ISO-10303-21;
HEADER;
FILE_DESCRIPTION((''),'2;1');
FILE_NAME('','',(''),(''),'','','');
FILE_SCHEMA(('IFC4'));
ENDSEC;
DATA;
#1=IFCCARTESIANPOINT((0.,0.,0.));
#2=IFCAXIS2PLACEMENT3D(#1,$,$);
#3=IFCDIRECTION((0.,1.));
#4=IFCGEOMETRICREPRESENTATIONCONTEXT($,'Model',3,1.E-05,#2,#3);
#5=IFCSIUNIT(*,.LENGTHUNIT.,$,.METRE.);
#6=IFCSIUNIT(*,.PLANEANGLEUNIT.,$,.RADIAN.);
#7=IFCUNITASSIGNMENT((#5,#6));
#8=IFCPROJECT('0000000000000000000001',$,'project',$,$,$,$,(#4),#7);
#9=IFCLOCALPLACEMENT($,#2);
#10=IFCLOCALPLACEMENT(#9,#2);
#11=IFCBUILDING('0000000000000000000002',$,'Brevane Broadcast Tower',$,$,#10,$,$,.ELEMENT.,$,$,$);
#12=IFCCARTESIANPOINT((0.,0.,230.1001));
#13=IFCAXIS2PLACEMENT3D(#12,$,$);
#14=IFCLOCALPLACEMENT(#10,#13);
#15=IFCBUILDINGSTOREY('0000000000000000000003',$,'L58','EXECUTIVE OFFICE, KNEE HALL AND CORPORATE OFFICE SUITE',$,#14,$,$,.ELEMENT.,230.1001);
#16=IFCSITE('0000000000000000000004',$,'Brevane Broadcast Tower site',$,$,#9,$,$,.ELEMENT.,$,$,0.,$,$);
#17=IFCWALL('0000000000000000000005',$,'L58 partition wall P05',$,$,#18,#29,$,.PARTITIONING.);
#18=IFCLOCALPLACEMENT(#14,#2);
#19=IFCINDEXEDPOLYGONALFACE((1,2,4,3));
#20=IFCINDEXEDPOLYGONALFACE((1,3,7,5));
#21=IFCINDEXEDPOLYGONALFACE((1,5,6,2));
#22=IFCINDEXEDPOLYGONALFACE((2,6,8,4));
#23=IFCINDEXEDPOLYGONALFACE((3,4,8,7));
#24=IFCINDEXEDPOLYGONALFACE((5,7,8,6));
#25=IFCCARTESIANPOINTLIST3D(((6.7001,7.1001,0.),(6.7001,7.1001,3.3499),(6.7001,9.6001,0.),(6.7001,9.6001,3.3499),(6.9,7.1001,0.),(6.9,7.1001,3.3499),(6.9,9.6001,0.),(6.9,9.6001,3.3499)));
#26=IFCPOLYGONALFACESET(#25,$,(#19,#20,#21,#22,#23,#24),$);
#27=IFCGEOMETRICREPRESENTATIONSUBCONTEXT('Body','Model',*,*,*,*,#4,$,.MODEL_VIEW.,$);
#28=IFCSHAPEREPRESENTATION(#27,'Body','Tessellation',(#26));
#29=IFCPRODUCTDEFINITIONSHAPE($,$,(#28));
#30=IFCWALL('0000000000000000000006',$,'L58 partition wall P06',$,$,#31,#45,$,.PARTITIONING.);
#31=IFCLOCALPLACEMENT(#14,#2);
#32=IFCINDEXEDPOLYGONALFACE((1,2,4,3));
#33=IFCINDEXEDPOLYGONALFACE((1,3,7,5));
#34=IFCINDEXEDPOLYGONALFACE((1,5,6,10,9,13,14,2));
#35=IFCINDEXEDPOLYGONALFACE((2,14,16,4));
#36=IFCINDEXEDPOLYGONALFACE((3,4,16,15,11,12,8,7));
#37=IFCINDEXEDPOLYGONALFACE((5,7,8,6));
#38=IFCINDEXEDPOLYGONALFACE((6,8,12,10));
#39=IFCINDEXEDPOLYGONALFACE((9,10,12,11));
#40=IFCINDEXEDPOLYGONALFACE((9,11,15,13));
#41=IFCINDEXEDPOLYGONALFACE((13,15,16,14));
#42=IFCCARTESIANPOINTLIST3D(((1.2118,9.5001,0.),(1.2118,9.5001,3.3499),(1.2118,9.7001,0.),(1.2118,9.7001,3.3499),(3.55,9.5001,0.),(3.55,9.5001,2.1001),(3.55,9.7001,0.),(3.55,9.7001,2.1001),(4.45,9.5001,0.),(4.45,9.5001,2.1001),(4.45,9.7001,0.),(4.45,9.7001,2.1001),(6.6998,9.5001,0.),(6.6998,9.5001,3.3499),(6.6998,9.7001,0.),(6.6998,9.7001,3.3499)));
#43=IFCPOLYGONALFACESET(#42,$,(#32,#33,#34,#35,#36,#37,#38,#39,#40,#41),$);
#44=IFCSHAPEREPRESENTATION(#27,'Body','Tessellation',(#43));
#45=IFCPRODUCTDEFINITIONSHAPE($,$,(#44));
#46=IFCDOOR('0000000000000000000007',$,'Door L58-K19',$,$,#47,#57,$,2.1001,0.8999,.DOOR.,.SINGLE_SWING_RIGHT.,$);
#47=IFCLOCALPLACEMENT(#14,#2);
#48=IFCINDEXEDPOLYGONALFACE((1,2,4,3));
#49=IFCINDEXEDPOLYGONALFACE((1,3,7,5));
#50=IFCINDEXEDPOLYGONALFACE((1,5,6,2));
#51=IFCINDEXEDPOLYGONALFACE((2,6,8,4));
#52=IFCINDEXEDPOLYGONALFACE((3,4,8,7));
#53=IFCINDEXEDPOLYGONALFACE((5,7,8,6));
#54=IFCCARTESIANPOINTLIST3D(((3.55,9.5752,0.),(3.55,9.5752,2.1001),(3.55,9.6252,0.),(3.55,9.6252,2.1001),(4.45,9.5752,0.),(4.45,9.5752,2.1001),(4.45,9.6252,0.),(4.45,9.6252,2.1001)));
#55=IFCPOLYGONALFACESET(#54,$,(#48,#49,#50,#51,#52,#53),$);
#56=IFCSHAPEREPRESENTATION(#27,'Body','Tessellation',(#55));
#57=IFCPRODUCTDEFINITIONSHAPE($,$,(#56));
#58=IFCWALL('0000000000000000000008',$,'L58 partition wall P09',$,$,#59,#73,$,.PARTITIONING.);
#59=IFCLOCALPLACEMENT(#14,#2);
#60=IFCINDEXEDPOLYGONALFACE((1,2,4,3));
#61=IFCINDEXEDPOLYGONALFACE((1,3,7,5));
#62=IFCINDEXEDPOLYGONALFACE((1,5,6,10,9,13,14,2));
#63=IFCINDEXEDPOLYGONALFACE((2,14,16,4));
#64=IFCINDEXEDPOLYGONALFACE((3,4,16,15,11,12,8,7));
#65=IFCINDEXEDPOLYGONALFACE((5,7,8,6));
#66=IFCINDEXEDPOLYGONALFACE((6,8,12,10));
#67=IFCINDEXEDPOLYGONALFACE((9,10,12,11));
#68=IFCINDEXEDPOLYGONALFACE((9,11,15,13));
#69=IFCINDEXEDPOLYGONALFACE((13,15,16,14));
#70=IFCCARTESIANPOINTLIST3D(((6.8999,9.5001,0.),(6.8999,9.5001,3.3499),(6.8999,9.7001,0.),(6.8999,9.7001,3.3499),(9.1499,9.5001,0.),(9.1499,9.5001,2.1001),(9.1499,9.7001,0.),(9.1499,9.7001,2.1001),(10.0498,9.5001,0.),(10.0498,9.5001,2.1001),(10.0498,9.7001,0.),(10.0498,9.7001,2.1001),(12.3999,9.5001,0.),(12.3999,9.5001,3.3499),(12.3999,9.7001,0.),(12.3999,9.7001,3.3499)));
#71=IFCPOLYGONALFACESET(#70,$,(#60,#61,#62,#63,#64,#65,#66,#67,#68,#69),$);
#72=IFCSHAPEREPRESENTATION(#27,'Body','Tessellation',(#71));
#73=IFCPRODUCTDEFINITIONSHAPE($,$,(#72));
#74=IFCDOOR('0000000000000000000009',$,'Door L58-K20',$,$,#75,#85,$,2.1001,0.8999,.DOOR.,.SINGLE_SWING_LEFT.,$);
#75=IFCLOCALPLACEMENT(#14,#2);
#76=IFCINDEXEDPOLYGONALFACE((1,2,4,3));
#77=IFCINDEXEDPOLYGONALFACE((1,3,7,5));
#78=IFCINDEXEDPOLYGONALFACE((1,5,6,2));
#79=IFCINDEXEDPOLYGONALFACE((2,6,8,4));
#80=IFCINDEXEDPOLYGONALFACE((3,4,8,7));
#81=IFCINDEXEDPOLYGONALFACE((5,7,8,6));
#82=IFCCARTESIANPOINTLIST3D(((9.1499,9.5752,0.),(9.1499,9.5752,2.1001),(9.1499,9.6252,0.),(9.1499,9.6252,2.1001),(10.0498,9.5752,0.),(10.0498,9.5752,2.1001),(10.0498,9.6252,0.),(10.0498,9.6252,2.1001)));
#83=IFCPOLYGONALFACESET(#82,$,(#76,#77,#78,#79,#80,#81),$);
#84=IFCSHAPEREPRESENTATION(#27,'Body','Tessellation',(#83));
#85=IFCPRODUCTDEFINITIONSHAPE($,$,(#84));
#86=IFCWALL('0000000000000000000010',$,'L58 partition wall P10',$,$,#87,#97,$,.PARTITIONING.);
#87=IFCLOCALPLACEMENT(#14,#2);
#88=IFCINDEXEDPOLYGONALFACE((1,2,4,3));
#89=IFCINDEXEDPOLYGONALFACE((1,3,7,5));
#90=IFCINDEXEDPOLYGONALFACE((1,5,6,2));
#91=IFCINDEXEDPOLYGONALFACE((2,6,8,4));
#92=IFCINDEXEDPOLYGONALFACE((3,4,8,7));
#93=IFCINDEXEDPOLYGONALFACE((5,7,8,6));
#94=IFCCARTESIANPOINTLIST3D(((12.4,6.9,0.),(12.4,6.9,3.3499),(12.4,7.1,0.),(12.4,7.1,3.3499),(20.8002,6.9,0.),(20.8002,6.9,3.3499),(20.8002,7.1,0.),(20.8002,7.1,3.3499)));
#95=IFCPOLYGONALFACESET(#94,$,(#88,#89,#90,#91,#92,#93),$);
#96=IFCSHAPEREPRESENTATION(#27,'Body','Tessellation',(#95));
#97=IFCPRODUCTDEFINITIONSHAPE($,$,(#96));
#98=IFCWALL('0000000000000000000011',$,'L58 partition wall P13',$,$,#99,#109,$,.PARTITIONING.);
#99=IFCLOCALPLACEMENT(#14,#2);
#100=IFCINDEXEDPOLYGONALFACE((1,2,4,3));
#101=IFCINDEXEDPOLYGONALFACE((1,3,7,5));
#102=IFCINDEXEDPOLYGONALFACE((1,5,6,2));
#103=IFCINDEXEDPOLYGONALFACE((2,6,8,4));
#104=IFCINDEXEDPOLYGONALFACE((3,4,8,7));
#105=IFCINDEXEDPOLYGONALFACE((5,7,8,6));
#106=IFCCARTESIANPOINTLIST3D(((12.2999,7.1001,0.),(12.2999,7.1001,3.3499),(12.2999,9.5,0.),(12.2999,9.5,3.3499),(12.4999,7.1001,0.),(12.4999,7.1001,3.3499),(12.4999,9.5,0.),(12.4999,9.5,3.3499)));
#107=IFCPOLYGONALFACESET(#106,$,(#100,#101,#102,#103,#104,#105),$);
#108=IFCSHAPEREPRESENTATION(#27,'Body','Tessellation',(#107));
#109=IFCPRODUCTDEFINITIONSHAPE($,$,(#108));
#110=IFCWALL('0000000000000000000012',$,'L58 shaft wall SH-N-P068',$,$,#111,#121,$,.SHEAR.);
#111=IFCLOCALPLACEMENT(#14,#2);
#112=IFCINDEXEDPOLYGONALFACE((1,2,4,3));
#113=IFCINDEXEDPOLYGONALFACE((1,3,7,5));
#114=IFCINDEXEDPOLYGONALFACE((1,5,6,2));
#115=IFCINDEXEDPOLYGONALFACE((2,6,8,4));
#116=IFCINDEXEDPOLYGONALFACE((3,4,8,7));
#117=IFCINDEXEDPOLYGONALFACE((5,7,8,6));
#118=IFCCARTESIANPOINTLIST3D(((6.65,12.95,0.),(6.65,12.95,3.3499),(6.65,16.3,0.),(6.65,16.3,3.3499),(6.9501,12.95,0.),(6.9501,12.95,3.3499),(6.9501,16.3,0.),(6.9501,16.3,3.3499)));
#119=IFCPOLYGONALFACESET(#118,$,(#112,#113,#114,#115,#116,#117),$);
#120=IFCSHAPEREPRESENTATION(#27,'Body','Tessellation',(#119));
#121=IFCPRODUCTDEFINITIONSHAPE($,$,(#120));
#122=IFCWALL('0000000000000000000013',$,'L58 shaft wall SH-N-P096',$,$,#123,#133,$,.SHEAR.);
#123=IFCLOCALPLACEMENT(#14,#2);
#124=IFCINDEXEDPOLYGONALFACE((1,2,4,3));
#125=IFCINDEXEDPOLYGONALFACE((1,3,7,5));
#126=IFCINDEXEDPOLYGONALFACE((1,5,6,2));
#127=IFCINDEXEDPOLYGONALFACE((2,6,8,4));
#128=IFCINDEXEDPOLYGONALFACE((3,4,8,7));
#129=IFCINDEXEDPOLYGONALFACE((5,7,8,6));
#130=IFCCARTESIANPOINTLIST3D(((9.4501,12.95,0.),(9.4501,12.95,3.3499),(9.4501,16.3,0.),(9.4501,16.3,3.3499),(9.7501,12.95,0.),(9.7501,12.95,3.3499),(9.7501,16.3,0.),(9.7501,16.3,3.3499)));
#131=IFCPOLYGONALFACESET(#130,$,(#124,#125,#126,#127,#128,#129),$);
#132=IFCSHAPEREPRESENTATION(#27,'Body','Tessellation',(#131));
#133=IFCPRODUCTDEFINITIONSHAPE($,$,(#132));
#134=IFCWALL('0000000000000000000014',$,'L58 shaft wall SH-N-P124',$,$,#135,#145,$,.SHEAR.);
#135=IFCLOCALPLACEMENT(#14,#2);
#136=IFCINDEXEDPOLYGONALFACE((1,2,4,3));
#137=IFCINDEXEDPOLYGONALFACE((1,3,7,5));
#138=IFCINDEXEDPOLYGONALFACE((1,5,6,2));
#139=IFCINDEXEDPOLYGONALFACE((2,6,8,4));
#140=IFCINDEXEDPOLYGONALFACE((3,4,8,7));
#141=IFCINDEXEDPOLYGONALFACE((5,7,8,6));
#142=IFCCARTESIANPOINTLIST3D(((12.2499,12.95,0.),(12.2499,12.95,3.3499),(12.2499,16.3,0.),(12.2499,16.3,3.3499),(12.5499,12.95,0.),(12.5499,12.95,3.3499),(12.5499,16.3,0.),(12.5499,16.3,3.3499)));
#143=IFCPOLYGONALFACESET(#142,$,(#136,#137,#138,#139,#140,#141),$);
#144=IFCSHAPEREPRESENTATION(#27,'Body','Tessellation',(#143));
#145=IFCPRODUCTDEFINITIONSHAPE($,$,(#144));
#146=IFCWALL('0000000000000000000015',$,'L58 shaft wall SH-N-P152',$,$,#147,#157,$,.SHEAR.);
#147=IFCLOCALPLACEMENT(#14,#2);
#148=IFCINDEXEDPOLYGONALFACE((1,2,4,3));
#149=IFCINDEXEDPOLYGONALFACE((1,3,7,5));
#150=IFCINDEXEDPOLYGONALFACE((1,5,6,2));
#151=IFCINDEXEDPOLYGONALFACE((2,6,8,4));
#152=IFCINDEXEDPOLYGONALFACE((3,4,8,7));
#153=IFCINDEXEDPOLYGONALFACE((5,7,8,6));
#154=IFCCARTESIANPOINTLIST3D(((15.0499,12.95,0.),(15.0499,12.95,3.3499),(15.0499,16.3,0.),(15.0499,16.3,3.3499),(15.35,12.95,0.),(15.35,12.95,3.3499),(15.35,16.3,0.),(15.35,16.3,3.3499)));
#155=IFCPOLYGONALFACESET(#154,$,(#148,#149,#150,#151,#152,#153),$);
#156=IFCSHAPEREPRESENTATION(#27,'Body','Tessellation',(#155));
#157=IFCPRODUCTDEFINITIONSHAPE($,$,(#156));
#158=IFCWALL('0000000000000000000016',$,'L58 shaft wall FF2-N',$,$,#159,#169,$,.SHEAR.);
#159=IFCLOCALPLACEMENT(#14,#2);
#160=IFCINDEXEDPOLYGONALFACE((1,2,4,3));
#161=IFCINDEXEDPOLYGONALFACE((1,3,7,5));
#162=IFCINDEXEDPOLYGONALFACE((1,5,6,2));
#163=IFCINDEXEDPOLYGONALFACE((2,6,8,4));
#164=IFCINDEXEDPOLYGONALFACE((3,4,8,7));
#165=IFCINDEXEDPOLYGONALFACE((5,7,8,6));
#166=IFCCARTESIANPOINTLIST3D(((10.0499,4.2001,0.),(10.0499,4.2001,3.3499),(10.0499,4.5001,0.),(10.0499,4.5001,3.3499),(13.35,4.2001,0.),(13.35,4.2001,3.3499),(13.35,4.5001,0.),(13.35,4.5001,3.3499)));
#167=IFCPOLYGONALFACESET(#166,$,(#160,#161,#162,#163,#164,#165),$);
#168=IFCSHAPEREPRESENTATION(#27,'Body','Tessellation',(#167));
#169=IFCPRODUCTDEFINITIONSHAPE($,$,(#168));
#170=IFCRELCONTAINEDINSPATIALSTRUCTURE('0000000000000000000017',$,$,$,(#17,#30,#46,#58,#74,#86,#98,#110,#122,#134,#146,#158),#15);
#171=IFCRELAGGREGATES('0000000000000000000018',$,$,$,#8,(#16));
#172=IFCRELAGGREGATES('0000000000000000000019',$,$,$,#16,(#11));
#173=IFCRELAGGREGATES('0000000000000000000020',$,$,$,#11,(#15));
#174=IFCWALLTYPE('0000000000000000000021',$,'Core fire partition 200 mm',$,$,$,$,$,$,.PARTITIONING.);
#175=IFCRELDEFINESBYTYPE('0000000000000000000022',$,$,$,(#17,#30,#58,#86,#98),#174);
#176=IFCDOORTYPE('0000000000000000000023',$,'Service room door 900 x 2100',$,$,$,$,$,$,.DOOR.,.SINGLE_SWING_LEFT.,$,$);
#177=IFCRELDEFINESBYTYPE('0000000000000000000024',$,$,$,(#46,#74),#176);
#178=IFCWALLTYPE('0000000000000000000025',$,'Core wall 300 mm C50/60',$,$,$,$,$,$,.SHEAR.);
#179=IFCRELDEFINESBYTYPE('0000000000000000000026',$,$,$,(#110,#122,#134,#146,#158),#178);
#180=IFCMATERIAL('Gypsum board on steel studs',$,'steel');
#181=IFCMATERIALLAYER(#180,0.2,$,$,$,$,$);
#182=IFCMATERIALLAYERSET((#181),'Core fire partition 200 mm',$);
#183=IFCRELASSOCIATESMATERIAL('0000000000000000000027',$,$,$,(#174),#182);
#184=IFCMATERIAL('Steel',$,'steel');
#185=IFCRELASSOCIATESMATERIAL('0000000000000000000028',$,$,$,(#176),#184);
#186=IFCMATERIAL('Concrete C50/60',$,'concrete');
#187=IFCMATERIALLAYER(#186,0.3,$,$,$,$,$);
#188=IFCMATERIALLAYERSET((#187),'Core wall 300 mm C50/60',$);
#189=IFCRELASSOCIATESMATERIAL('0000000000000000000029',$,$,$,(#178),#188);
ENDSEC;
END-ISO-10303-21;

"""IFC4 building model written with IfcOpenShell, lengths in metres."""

from ifc_helpers import new_model, si_unit, direction, frame, frame_2d, origin, place, context, subcontext, project, spatial, rectangle, extrude, material, layer, layer_set, type_object, element, fill, save


model = new_model("IFC4")

# Units and contexts
model_context = context("Model", 3, precision=1e-05, world=origin(), true_north=direction((0.0, 1.0)))
body_context = subcontext(model_context, "Body", "Model", "MODEL_VIEW")
ifc_project = project(units=[si_unit("LENGTHUNIT", "METRE"), si_unit("PLANEANGLEUNIT", "RADIAN")], contexts=[model_context])

# Site, building, storey
site_placement = place(None, origin())
site = spatial("IfcSite", under=ifc_project, at=site_placement, Name="Brevane Broadcast Tower site", CompositionType="ELEMENT", RefElevation=0.0)
building_placement = place(site_placement, origin())
building = spatial("IfcBuilding", under=site, at=building_placement, Name="Brevane Broadcast Tower", CompositionType="ELEMENT")
storey_placement = place(building_placement, frame((0.0, 0.0, 230.1001)))
storey = spatial("IfcBuildingStorey", under=building, at=storey_placement, Name="L58", Description="EXECUTIVE OFFICE, KNEE HALL AND CORPORATE OFFICE SUITE", CompositionType="ELEMENT", Elevation=230.1001)

# Shared definitions
ifc_material_1 = material(Name="Gypsum board on steel studs", Category="steel")
ifc_material_2 = material(Name="Steel", Category="steel")

# Shared definitions
ifc_layer_1 = layer(ifc_material_1, 0.2)
ifc_layer_set_1 = layer_set([ifc_layer_1], Name="Core fire partition 200 mm")
wall_type_1 = type_object("IfcWallType", Name="Core fire partition 200 mm", PredefinedType="PARTITIONING", material=ifc_layer_set_1)

# Wall
wall_1_placement = place(storey_placement, frame((6.8, 9.6001, 0.0), z_axis=(0.0, 0.0, 1.0), x_axis=(0.0, -1.0, 0.0)))
element("IfcWall", 1, at=wall_1_placement, inside=storey, type_object=wall_type_1, Name="L58 partition wall P05", PredefinedType="PARTITIONING", context=body_context, shape_type="SweptSolid", body=[
    extrude(rectangle(XDim=2.5, YDim=0.2, at=frame_2d((1.25, 0.0))), origin(), (0.0, 0.0, 1.0), 3.3499),
])

# Walls, openings, doors
wall_2_placement = place(storey_placement, frame((6.7, 9.6001, 0.0), z_axis=(0.0, 0.0, 1.0), x_axis=(-1.0, 0.0, 0.0)))
wall_2 = element("IfcWall", 2, at=wall_2_placement, inside=storey, type_object=wall_type_1, Name="L58 partition wall P06", PredefinedType="PARTITIONING", context=body_context, shape_type="SweptSolid", body=[
    extrude(rectangle(XDim=5.488, YDim=0.2, at=frame_2d((2.7441, 0.0))), origin(), (0.0, 0.0, 1.0), 3.3499),
])
opening_1_placement = place(wall_2_placement, frame((2.25, 0.0, 0.0)))
opening_1 = element("IfcOpeningElement", 3, at=opening_1_placement, cuts=wall_2, PredefinedType="OPENING", context=body_context, shape_type="SweptSolid", body=[
    extrude(rectangle(XDim=0.8999, YDim=2.1001, at=frame_2d((0.45, 1.05))), frame((0.0, 0.1099, 0.0), z_axis=(0.0, -1.0, 0.0), x_axis=(1.0, 0.0, 0.0)), (0.0, 0.0, 1.0), 0.22),
])
door_type_1 = type_object("IfcDoorType", Name="Service room door 900 x 2100", OperationType="SINGLE_SWING_LEFT", PredefinedType="DOOR", material=ifc_material_2)
door_1_placement = place(opening_1_placement, origin())
door_1 = element("IfcDoor", 4, at=door_1_placement, inside=storey, type_object=door_type_1, Name="Door L58-K19", OperationType="SINGLE_SWING_RIGHT", OverallHeight=2.1001, OverallWidth=0.8999, PredefinedType="DOOR", context=body_context, shape_type="SweptSolid", body=[
    extrude(rectangle(XDim=0.8999, YDim=2.1001, at=frame_2d((0.45, 1.05))), frame((0.0, 0.0249, 0.0), z_axis=(0.0, -1.0, 0.0), x_axis=(1.0, 0.0, 0.0)), (0.0, 0.0, 1.0), 0.05),
])
fill(opening_1, door_1)
wall_3_placement = place(storey_placement, frame((12.3999, 9.6001, 0.0), z_axis=(0.0, 0.0, 1.0), x_axis=(-1.0, 0.0, 0.0)))
wall_3 = element("IfcWall", 5, at=wall_3_placement, inside=storey, type_object=wall_type_1, Name="L58 partition wall P09", PredefinedType="PARTITIONING", context=body_context, shape_type="SweptSolid", body=[
    extrude(rectangle(XDim=5.5, YDim=0.2, at=frame_2d((2.75, 0.0))), origin(), (0.0, 0.0, 1.0), 3.3499),
])
opening_2_placement = place(wall_3_placement, frame((2.3501, 0.0, 0.0)))
opening_2 = element("IfcOpeningElement", 6, at=opening_2_placement, cuts=wall_3, PredefinedType="OPENING", context=body_context, shape_type="SweptSolid", body=[
    extrude(rectangle(XDim=0.8999, YDim=2.1001, at=frame_2d((0.45, 1.05))), frame((0.0, 0.1099, 0.0), z_axis=(0.0, -1.0, 0.0), x_axis=(1.0, 0.0, 0.0)), (0.0, 0.0, 1.0), 0.22),
])
door_2_placement = place(opening_2_placement, origin())
door_2 = element("IfcDoor", 7, at=door_2_placement, inside=storey, type_object=door_type_1, Name="Door L58-K20", OperationType="SINGLE_SWING_LEFT", OverallHeight=2.1001, OverallWidth=0.8999, PredefinedType="DOOR", context=body_context, shape_type="SweptSolid", body=[
    extrude(rectangle(XDim=0.8999, YDim=2.1001, at=frame_2d((0.45, 1.05))), frame((0.0, 0.0249, 0.0), z_axis=(0.0, -1.0, 0.0), x_axis=(1.0, 0.0, 0.0)), (0.0, 0.0, 1.0), 0.05),
])
fill(opening_2, door_2)

# Walls
wall_4_placement = place(storey_placement, frame((12.3999, 7.0, 0.0), z_axis=(0.0, 0.0, 1.0), x_axis=(1.0, 0.0, 0.0)))
element("IfcWall", 8, at=wall_4_placement, inside=storey, type_object=wall_type_1, Name="L58 partition wall P10", PredefinedType="PARTITIONING", context=body_context, shape_type="SweptSolid", body=[
    extrude(rectangle(XDim=8.4001, YDim=0.2, at=frame_2d((4.2002, 0.0))), origin(), (0.0, 0.0, 1.0), 3.3499),
])
wall_5_placement = place(storey_placement, frame((12.3999, 9.5, 0.0), z_axis=(0.0, 0.0, 1.0), x_axis=(0.0, -1.0, 0.0)))
element("IfcWall", 9, at=wall_5_placement, inside=storey, type_object=wall_type_1, Name="L58 partition wall P13", PredefinedType="PARTITIONING", context=body_context, shape_type="SweptSolid", body=[
    extrude(rectangle(XDim=2.3999, YDim=0.2, at=frame_2d((1.2, 0.0))), origin(), (0.0, 0.0, 1.0), 3.3499),
])
ifc_material_3 = material(Name="Concrete C50/60", Category="concrete")
ifc_layer_2 = layer(ifc_material_3, 0.3)
ifc_layer_set_2 = layer_set([ifc_layer_2], Name="Core wall 300 mm C50/60")
wall_type_2 = type_object("IfcWallType", Name="Core wall 300 mm C50/60", PredefinedType="SHEAR", material=ifc_layer_set_2)
for number, where, z_axis, x_axis, name in (
    (10, (6.8, 12.95, 0.0), (0.0, 0.0, 1.0), (0.0, 1.0, 0.0), "L58 shaft wall SH-N-P068"),
    (11, (9.6001, 12.95, 0.0), (0.0, 0.0, 1.0), (0.0, 1.0, 0.0), "L58 shaft wall SH-N-P096"),
    (12, (12.3999, 12.95, 0.0), (0.0, 0.0, 1.0), (0.0, 1.0, 0.0), "L58 shaft wall SH-N-P124"),
    (13, (15.2, 12.95, 0.0), (0.0, 0.0, 1.0), (0.0, 1.0, 0.0), "L58 shaft wall SH-N-P152"),
):
    element("IfcWall", number, at=place(storey_placement, frame(where, z_axis=z_axis, x_axis=x_axis)), inside=storey, type_object=wall_type_2, Name=name, PredefinedType="SHEAR", context=body_context, shape_type="SweptSolid", body=[
        extrude(rectangle(XDim=3.3501, YDim=0.3, at=frame_2d((1.675, 0.0))), origin(), (0.0, 0.0, 1.0), 3.3499),
    ])
wall_6_placement = place(storey_placement, frame((10.05, 4.3501, 0.0), z_axis=(0.0, 0.0, 1.0), x_axis=(1.0, 0.0, 0.0)))
element("IfcWall", 14, at=wall_6_placement, inside=storey, type_object=wall_type_2, Name="L58 shaft wall FF2-N", PredefinedType="SHEAR", context=body_context, shape_type="SweptSolid", body=[
    extrude(rectangle(XDim=3.3, YDim=0.3, at=frame_2d((1.6499, 0.0))), origin(), (0.0, 0.0, 1.0), 3.3499),
])

save(model, "model.ifc")
